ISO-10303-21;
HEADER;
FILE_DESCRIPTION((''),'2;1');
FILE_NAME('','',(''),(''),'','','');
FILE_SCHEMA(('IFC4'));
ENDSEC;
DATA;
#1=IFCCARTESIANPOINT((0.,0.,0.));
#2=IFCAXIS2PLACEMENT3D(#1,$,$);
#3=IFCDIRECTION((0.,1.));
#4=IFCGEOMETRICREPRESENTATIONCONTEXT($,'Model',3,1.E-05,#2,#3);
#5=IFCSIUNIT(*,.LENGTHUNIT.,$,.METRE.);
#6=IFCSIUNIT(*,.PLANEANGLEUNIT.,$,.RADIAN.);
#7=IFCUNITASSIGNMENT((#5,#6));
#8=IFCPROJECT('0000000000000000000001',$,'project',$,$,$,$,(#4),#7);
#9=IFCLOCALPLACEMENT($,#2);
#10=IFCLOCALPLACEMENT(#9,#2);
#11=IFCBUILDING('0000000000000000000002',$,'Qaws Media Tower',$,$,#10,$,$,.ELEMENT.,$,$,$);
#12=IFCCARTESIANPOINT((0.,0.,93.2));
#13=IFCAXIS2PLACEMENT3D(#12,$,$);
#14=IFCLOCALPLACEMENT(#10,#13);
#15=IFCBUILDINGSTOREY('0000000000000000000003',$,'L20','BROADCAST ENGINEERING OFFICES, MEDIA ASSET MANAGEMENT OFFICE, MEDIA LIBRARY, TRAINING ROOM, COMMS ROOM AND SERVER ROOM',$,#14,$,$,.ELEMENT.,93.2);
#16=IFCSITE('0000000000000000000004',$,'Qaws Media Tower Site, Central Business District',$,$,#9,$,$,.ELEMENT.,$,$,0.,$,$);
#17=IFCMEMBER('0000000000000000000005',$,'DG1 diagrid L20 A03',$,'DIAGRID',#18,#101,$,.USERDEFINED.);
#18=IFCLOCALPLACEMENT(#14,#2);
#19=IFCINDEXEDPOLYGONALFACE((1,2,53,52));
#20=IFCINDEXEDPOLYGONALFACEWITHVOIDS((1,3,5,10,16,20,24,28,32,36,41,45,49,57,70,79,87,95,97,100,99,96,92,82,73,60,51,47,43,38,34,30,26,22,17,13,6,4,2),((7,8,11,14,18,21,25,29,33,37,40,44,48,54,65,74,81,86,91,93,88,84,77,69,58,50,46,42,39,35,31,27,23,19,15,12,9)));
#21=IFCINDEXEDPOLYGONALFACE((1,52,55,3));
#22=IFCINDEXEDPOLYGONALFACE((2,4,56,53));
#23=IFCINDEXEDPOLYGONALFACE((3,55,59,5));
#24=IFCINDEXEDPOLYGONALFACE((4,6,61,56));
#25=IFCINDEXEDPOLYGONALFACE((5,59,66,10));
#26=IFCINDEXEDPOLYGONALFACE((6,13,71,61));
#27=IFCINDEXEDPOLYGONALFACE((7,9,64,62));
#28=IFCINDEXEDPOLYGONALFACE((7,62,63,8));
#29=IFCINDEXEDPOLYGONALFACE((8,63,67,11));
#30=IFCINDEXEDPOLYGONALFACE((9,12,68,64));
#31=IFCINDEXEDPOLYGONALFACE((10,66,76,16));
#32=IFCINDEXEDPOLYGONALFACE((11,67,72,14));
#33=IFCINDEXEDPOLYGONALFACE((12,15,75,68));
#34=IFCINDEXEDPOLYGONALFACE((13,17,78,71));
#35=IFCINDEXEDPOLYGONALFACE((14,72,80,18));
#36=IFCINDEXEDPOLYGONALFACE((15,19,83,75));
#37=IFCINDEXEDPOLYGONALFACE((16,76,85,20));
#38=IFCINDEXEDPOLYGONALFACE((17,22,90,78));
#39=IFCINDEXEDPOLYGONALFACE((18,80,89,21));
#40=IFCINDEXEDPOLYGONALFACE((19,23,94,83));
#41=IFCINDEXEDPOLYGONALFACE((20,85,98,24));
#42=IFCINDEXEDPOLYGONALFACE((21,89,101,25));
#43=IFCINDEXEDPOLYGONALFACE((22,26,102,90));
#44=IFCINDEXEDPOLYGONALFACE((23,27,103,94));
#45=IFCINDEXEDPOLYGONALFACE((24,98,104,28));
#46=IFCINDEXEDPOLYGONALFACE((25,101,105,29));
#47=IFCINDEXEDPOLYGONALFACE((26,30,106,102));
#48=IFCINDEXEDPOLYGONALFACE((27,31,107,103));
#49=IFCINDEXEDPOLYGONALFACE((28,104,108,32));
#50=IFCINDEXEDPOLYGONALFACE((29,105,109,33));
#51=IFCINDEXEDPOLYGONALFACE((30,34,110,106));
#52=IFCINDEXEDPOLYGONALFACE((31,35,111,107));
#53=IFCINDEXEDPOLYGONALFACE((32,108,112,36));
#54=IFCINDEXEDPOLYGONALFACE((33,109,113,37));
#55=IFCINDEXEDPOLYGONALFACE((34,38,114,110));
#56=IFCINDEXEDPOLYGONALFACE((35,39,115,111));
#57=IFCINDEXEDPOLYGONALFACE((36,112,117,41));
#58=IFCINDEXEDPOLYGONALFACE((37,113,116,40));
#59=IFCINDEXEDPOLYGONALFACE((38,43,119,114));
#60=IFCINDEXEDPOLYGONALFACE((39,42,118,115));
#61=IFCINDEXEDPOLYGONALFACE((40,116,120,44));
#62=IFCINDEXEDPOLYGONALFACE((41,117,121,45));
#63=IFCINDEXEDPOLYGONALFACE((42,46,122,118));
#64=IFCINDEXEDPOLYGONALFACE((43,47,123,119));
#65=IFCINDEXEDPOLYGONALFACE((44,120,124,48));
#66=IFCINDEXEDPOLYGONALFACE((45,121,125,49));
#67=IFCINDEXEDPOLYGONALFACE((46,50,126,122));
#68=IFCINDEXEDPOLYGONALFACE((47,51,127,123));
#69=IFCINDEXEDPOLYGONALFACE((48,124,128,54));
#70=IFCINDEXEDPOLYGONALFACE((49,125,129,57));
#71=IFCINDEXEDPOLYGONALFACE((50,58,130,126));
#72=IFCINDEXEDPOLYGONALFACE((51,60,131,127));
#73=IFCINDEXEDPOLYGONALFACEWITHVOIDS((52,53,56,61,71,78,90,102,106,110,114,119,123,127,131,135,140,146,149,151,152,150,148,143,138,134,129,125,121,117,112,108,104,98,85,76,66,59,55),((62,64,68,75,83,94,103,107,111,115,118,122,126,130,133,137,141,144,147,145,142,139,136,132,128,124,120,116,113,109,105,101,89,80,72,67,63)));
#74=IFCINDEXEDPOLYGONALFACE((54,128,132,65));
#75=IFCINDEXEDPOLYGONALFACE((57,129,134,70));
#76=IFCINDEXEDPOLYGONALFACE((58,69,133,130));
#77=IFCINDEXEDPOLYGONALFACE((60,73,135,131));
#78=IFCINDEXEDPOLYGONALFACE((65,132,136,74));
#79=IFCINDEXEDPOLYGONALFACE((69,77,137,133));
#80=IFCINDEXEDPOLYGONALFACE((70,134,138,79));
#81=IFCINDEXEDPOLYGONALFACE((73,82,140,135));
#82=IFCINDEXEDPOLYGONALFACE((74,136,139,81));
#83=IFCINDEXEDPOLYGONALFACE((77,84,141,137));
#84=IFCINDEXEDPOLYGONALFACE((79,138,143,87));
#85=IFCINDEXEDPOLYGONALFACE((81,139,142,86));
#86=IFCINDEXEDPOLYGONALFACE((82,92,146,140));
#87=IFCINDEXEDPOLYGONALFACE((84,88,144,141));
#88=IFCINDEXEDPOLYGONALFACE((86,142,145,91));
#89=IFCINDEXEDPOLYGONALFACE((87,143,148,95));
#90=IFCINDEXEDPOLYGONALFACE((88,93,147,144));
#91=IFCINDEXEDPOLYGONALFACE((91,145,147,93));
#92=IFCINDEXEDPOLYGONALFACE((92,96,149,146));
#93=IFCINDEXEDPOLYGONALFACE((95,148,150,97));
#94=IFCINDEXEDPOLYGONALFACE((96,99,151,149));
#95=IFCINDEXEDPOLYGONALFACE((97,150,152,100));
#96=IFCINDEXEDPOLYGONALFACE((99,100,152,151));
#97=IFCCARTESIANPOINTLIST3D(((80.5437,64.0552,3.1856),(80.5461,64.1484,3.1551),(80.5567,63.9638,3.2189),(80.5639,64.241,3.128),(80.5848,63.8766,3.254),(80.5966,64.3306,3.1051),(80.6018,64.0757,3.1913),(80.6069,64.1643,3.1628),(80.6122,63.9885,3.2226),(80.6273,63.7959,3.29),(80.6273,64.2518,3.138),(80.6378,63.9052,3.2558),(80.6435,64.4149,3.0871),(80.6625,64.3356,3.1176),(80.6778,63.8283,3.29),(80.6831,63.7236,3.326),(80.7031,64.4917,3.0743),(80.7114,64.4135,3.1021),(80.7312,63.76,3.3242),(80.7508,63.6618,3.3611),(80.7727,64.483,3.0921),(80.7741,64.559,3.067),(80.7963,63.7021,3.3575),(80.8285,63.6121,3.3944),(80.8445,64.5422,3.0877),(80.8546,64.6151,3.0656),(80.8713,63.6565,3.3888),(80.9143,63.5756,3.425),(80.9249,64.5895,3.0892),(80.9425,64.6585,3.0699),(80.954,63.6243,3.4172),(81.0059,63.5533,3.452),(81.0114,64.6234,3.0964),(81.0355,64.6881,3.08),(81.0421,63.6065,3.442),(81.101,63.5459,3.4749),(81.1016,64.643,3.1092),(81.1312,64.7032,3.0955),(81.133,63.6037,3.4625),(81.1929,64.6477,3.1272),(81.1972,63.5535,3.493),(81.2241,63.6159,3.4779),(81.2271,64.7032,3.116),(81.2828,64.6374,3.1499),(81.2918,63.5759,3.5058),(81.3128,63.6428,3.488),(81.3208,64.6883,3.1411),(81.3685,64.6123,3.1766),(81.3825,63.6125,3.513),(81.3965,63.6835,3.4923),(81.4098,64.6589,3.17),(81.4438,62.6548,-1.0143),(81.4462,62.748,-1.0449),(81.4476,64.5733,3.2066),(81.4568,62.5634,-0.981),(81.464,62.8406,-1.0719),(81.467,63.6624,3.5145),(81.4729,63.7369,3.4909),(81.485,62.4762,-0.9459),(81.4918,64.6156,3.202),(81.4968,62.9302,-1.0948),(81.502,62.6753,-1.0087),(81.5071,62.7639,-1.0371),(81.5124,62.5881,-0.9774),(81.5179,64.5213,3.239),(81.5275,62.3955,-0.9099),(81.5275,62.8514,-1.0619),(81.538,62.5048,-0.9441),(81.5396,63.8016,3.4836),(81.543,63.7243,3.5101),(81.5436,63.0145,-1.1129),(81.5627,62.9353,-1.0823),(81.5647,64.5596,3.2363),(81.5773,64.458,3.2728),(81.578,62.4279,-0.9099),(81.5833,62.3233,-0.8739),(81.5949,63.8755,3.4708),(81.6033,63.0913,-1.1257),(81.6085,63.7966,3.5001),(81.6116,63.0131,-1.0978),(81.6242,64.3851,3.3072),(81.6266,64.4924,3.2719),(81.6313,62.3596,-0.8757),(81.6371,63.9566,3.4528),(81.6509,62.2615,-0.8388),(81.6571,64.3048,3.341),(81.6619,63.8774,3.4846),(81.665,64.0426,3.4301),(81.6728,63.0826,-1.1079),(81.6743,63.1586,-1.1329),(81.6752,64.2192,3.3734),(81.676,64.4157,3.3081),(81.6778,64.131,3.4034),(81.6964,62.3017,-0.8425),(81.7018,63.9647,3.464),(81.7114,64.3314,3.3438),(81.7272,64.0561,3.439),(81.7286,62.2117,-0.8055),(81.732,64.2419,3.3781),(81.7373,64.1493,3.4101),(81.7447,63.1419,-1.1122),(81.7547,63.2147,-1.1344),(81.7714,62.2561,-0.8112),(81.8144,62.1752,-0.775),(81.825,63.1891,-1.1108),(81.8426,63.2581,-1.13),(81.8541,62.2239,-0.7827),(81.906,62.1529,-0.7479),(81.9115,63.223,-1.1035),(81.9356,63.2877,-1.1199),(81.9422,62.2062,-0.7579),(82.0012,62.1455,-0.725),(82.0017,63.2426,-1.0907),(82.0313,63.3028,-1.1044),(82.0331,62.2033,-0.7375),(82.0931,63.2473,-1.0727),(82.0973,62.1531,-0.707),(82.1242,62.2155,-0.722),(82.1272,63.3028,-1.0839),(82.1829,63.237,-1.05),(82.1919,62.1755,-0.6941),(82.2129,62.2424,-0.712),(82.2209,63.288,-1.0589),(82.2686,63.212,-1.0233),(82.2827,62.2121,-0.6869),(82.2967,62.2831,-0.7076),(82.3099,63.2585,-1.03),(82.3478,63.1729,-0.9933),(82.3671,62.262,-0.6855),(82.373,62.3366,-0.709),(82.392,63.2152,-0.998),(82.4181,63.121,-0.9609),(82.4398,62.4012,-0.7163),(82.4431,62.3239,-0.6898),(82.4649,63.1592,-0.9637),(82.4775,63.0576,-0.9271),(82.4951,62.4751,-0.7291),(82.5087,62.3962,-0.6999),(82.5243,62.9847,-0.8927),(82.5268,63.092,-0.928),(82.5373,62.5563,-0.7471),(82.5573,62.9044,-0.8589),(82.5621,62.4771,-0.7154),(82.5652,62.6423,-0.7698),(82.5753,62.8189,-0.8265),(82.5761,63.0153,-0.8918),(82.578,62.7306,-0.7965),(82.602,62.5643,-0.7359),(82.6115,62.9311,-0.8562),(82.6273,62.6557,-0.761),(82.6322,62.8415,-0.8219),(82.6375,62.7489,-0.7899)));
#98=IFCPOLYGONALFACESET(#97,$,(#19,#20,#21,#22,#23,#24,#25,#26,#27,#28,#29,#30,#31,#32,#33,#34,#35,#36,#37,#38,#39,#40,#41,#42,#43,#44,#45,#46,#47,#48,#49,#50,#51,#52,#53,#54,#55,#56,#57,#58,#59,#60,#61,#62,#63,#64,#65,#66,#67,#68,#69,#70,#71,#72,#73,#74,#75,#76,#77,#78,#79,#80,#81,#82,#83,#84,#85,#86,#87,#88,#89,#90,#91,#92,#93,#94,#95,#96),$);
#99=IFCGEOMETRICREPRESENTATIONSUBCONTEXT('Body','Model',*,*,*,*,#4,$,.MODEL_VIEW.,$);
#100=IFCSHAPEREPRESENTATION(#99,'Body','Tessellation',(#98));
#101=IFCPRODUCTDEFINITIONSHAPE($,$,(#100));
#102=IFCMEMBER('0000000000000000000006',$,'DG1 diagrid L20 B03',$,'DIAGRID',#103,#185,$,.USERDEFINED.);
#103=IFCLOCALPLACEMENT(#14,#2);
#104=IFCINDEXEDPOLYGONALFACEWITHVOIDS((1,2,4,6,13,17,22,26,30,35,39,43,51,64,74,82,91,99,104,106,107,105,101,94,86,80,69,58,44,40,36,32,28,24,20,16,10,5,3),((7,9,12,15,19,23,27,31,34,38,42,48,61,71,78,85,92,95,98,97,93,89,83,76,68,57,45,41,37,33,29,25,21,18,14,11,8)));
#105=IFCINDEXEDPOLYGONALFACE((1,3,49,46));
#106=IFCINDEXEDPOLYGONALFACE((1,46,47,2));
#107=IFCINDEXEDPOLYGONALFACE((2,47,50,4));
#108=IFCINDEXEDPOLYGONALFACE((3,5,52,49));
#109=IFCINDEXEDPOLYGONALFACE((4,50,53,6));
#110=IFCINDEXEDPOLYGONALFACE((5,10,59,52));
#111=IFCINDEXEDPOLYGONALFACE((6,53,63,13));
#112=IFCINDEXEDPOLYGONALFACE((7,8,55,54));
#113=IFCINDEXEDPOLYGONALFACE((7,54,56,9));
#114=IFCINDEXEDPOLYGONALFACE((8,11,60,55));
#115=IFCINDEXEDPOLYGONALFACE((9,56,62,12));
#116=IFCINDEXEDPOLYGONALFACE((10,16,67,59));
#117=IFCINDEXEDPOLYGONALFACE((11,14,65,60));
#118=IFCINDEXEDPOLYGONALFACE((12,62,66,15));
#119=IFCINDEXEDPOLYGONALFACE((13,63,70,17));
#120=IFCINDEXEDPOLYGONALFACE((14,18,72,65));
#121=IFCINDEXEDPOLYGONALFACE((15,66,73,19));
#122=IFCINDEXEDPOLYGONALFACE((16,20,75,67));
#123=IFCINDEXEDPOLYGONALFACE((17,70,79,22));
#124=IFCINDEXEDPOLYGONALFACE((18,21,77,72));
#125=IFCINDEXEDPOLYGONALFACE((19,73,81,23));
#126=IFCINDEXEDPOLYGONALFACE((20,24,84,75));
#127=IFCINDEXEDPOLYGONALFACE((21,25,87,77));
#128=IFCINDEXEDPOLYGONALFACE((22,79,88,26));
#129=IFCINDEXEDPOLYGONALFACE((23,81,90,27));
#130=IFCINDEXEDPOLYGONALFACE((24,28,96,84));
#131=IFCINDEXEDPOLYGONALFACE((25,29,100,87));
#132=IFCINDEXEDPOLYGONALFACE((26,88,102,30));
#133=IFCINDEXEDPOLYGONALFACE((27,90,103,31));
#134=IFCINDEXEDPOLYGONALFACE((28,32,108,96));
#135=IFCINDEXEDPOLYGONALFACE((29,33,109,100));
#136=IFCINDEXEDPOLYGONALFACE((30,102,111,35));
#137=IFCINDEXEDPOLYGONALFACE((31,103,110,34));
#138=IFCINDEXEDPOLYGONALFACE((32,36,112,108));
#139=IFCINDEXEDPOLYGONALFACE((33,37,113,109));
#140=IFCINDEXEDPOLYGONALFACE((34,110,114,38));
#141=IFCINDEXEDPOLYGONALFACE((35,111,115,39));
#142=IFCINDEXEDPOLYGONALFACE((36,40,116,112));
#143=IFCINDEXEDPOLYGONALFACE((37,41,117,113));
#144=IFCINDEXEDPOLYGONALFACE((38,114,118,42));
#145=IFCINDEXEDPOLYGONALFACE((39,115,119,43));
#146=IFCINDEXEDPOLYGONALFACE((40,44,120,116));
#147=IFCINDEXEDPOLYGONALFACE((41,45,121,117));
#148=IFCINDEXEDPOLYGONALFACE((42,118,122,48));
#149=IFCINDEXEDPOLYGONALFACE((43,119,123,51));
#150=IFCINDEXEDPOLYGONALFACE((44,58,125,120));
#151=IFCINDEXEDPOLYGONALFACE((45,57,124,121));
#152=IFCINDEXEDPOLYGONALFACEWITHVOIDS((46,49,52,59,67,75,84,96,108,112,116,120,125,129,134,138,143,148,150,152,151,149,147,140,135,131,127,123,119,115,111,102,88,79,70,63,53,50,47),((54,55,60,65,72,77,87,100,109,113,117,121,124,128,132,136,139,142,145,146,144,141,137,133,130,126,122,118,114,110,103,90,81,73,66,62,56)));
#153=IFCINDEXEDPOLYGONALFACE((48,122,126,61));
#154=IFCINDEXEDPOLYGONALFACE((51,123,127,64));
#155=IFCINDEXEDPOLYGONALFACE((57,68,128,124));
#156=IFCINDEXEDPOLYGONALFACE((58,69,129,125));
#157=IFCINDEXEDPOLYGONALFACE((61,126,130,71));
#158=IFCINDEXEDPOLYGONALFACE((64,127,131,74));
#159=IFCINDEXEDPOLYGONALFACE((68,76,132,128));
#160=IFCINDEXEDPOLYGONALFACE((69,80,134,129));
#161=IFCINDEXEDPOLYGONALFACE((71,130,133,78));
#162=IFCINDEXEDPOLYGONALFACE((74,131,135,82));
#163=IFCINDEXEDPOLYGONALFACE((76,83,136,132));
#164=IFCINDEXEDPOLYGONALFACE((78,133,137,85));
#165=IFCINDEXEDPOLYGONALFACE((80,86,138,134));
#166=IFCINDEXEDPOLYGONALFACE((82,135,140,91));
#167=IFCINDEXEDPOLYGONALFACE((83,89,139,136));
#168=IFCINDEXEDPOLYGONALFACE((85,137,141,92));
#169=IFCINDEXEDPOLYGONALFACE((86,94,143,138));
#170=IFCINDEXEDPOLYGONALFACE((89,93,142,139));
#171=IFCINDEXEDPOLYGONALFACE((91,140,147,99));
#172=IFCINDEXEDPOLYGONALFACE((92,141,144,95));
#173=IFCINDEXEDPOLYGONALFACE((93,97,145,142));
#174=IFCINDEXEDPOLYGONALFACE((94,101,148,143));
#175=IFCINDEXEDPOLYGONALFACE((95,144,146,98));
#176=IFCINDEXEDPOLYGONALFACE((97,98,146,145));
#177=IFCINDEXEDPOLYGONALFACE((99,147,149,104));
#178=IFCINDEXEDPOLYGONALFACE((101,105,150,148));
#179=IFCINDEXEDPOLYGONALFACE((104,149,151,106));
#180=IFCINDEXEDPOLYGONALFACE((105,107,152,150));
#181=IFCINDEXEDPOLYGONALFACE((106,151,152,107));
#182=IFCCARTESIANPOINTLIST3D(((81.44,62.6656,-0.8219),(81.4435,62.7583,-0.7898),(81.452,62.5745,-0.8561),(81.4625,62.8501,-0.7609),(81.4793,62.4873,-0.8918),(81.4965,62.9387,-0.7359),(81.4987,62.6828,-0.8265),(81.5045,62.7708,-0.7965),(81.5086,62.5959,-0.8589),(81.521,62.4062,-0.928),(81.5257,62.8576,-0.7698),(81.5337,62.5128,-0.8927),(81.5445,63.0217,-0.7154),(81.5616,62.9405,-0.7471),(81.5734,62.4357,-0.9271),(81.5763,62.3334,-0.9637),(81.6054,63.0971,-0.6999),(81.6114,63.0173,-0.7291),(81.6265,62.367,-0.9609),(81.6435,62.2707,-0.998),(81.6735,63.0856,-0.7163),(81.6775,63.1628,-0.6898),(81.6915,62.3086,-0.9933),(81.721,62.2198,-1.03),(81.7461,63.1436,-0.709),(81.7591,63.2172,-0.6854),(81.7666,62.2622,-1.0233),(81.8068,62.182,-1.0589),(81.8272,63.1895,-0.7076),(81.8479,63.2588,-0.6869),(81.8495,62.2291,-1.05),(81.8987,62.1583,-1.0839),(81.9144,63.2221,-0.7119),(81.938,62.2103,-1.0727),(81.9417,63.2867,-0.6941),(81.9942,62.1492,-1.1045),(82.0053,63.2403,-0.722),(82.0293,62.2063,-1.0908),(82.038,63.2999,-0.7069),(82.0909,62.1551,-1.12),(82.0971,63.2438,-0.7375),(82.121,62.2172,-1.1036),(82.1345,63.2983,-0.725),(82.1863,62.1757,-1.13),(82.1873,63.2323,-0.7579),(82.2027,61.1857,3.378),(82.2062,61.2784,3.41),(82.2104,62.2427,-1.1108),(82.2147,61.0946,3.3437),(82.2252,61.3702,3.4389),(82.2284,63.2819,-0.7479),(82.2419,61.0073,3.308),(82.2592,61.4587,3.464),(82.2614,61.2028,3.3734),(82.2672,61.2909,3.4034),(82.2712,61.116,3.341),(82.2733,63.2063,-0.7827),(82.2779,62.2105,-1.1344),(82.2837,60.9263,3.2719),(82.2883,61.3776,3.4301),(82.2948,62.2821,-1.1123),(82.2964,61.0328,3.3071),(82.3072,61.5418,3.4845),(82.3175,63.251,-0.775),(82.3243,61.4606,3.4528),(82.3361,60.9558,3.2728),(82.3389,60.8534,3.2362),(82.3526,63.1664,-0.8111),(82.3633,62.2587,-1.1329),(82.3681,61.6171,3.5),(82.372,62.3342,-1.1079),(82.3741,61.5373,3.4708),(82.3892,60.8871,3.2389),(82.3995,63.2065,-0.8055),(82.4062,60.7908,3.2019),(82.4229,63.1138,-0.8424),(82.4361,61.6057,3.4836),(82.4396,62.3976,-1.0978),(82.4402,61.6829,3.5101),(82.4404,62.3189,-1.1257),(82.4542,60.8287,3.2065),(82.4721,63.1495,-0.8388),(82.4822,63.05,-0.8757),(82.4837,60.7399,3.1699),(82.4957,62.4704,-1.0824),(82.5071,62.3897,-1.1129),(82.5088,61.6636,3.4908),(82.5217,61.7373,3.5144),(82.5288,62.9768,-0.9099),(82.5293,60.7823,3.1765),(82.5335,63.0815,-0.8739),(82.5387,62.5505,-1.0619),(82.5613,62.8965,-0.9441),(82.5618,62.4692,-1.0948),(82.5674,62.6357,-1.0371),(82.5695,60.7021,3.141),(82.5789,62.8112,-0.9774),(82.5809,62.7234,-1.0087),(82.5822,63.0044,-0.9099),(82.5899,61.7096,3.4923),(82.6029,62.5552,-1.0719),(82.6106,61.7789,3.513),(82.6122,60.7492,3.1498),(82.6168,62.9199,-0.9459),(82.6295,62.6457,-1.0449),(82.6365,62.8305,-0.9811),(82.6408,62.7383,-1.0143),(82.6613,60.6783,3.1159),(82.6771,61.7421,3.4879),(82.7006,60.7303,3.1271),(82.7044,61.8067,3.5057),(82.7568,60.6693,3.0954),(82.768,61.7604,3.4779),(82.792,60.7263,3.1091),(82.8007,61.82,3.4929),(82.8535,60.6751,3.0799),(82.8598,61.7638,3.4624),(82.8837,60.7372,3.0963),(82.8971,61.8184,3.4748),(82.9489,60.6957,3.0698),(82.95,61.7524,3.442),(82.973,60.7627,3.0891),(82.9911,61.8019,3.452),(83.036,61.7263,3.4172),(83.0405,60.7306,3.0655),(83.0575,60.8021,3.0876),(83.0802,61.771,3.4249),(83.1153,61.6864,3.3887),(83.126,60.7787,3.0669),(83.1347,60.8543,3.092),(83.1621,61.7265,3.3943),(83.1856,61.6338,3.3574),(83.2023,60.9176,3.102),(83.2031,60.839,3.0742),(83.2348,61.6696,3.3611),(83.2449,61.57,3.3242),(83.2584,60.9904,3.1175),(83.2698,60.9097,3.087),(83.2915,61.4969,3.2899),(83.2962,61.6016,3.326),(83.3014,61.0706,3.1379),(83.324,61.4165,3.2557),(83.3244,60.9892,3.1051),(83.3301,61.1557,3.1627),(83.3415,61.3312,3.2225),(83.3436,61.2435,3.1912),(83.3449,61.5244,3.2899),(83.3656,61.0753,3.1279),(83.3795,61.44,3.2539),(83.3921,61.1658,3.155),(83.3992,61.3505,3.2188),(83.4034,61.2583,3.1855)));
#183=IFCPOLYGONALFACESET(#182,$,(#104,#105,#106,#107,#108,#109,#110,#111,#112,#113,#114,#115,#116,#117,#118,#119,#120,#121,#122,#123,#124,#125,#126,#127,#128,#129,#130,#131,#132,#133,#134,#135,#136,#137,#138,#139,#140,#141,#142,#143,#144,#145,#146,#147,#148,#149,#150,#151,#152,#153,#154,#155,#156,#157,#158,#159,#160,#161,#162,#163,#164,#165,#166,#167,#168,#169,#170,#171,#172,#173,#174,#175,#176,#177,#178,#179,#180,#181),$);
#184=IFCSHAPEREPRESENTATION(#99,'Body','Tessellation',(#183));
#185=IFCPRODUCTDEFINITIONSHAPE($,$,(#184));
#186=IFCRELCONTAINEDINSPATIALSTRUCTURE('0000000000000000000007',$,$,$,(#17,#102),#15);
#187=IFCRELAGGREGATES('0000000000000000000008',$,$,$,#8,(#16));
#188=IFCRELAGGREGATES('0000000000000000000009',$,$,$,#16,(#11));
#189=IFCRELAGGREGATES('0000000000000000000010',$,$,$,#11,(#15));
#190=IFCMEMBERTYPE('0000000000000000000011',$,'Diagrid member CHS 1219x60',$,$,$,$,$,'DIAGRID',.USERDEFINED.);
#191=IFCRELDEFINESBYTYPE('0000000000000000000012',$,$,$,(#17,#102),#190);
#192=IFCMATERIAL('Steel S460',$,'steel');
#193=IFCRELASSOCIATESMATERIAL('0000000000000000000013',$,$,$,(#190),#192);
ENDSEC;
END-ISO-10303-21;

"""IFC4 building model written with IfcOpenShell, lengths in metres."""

from ifc_helpers import new_model, si_unit, direction, frame, origin, origin_2d, place, context, subcontext, project, spatial, hollow_circle, extrude, material, material_profile, profile_set, type_object, element, save


model = new_model("IFC4")

# Units and contexts
model_context = context("Model", 3, precision=1e-05, world=origin(), true_north=direction((0.0, 1.0)))
body_context = subcontext(model_context, "Body", "Model", "MODEL_VIEW")
ifc_project = project(units=[si_unit("LENGTHUNIT", "METRE"), si_unit("PLANEANGLEUNIT", "RADIAN")], contexts=[model_context])

# Site, building, storey
site_placement = place(None, origin())
site = spatial("IfcSite", under=ifc_project, at=site_placement, Name="Qaws Media Tower Site, Central Business District", CompositionType="ELEMENT", RefElevation=0.0)
building_placement = place(site_placement, origin())
building = spatial("IfcBuilding", under=site, at=building_placement, Name="Qaws Media Tower", CompositionType="ELEMENT")
storey_placement = place(building_placement, frame((0.0, 0.0, 93.2)))
storey = spatial("IfcBuildingStorey", under=building, at=storey_placement, Name="L20", Description="BROADCAST ENGINEERING OFFICES, MEDIA ASSET MANAGEMENT OFFICE, MEDIA LIBRARY, TRAINING ROOM, COMMS ROOM AND SERVER ROOM", CompositionType="ELEMENT", Elevation=93.2)

# Members
ifc_material_1 = material(Name="Steel S460", Category="steel")
ifc_material_profile_1 = material_profile(ifc_material_1, hollow_circle(Radius=0.6096, WallThickness=0.0601, at=origin_2d()), Name="CHS 1219x60")
ifc_profile_set_1 = profile_set([ifc_material_profile_1], Name="Steel S460")
member_type_1 = type_object("IfcMemberType", Name="Diagrid member CHS 1219x60", ElementType="DIAGRID", PredefinedType="USERDEFINED", material=ifc_profile_set_1)
for number, where, z_axis, x_axis, name in (
    (1, (82.0403, 62.7251, -0.9099), (-0.199242, 0.309969, 0.929635), (-0.841207, -0.540713, 0.0), "DG1 diagrid L20 A03"),
    (2, (82.0403, 62.7251, -0.9099), (0.168815, -0.32758, 0.92962), (0.888906, 0.45809, 0.0), "DG1 diagrid L20 B03"),
):
    element("IfcMember", number, at=place(storey_placement, frame(where, z_axis=z_axis, x_axis=x_axis)), inside=storey, type_object=member_type_1, Name=name, ObjectType="DIAGRID", PredefinedType="USERDEFINED", context=body_context, shape_type="SweptSolid", body=[
        extrude(hollow_circle(Radius=0.6096, WallThickness=0.0601, at=origin_2d()), origin(), (0.0, 0.0, 1.0), 4.5178),
    ])

save(model, "model.ifc")
